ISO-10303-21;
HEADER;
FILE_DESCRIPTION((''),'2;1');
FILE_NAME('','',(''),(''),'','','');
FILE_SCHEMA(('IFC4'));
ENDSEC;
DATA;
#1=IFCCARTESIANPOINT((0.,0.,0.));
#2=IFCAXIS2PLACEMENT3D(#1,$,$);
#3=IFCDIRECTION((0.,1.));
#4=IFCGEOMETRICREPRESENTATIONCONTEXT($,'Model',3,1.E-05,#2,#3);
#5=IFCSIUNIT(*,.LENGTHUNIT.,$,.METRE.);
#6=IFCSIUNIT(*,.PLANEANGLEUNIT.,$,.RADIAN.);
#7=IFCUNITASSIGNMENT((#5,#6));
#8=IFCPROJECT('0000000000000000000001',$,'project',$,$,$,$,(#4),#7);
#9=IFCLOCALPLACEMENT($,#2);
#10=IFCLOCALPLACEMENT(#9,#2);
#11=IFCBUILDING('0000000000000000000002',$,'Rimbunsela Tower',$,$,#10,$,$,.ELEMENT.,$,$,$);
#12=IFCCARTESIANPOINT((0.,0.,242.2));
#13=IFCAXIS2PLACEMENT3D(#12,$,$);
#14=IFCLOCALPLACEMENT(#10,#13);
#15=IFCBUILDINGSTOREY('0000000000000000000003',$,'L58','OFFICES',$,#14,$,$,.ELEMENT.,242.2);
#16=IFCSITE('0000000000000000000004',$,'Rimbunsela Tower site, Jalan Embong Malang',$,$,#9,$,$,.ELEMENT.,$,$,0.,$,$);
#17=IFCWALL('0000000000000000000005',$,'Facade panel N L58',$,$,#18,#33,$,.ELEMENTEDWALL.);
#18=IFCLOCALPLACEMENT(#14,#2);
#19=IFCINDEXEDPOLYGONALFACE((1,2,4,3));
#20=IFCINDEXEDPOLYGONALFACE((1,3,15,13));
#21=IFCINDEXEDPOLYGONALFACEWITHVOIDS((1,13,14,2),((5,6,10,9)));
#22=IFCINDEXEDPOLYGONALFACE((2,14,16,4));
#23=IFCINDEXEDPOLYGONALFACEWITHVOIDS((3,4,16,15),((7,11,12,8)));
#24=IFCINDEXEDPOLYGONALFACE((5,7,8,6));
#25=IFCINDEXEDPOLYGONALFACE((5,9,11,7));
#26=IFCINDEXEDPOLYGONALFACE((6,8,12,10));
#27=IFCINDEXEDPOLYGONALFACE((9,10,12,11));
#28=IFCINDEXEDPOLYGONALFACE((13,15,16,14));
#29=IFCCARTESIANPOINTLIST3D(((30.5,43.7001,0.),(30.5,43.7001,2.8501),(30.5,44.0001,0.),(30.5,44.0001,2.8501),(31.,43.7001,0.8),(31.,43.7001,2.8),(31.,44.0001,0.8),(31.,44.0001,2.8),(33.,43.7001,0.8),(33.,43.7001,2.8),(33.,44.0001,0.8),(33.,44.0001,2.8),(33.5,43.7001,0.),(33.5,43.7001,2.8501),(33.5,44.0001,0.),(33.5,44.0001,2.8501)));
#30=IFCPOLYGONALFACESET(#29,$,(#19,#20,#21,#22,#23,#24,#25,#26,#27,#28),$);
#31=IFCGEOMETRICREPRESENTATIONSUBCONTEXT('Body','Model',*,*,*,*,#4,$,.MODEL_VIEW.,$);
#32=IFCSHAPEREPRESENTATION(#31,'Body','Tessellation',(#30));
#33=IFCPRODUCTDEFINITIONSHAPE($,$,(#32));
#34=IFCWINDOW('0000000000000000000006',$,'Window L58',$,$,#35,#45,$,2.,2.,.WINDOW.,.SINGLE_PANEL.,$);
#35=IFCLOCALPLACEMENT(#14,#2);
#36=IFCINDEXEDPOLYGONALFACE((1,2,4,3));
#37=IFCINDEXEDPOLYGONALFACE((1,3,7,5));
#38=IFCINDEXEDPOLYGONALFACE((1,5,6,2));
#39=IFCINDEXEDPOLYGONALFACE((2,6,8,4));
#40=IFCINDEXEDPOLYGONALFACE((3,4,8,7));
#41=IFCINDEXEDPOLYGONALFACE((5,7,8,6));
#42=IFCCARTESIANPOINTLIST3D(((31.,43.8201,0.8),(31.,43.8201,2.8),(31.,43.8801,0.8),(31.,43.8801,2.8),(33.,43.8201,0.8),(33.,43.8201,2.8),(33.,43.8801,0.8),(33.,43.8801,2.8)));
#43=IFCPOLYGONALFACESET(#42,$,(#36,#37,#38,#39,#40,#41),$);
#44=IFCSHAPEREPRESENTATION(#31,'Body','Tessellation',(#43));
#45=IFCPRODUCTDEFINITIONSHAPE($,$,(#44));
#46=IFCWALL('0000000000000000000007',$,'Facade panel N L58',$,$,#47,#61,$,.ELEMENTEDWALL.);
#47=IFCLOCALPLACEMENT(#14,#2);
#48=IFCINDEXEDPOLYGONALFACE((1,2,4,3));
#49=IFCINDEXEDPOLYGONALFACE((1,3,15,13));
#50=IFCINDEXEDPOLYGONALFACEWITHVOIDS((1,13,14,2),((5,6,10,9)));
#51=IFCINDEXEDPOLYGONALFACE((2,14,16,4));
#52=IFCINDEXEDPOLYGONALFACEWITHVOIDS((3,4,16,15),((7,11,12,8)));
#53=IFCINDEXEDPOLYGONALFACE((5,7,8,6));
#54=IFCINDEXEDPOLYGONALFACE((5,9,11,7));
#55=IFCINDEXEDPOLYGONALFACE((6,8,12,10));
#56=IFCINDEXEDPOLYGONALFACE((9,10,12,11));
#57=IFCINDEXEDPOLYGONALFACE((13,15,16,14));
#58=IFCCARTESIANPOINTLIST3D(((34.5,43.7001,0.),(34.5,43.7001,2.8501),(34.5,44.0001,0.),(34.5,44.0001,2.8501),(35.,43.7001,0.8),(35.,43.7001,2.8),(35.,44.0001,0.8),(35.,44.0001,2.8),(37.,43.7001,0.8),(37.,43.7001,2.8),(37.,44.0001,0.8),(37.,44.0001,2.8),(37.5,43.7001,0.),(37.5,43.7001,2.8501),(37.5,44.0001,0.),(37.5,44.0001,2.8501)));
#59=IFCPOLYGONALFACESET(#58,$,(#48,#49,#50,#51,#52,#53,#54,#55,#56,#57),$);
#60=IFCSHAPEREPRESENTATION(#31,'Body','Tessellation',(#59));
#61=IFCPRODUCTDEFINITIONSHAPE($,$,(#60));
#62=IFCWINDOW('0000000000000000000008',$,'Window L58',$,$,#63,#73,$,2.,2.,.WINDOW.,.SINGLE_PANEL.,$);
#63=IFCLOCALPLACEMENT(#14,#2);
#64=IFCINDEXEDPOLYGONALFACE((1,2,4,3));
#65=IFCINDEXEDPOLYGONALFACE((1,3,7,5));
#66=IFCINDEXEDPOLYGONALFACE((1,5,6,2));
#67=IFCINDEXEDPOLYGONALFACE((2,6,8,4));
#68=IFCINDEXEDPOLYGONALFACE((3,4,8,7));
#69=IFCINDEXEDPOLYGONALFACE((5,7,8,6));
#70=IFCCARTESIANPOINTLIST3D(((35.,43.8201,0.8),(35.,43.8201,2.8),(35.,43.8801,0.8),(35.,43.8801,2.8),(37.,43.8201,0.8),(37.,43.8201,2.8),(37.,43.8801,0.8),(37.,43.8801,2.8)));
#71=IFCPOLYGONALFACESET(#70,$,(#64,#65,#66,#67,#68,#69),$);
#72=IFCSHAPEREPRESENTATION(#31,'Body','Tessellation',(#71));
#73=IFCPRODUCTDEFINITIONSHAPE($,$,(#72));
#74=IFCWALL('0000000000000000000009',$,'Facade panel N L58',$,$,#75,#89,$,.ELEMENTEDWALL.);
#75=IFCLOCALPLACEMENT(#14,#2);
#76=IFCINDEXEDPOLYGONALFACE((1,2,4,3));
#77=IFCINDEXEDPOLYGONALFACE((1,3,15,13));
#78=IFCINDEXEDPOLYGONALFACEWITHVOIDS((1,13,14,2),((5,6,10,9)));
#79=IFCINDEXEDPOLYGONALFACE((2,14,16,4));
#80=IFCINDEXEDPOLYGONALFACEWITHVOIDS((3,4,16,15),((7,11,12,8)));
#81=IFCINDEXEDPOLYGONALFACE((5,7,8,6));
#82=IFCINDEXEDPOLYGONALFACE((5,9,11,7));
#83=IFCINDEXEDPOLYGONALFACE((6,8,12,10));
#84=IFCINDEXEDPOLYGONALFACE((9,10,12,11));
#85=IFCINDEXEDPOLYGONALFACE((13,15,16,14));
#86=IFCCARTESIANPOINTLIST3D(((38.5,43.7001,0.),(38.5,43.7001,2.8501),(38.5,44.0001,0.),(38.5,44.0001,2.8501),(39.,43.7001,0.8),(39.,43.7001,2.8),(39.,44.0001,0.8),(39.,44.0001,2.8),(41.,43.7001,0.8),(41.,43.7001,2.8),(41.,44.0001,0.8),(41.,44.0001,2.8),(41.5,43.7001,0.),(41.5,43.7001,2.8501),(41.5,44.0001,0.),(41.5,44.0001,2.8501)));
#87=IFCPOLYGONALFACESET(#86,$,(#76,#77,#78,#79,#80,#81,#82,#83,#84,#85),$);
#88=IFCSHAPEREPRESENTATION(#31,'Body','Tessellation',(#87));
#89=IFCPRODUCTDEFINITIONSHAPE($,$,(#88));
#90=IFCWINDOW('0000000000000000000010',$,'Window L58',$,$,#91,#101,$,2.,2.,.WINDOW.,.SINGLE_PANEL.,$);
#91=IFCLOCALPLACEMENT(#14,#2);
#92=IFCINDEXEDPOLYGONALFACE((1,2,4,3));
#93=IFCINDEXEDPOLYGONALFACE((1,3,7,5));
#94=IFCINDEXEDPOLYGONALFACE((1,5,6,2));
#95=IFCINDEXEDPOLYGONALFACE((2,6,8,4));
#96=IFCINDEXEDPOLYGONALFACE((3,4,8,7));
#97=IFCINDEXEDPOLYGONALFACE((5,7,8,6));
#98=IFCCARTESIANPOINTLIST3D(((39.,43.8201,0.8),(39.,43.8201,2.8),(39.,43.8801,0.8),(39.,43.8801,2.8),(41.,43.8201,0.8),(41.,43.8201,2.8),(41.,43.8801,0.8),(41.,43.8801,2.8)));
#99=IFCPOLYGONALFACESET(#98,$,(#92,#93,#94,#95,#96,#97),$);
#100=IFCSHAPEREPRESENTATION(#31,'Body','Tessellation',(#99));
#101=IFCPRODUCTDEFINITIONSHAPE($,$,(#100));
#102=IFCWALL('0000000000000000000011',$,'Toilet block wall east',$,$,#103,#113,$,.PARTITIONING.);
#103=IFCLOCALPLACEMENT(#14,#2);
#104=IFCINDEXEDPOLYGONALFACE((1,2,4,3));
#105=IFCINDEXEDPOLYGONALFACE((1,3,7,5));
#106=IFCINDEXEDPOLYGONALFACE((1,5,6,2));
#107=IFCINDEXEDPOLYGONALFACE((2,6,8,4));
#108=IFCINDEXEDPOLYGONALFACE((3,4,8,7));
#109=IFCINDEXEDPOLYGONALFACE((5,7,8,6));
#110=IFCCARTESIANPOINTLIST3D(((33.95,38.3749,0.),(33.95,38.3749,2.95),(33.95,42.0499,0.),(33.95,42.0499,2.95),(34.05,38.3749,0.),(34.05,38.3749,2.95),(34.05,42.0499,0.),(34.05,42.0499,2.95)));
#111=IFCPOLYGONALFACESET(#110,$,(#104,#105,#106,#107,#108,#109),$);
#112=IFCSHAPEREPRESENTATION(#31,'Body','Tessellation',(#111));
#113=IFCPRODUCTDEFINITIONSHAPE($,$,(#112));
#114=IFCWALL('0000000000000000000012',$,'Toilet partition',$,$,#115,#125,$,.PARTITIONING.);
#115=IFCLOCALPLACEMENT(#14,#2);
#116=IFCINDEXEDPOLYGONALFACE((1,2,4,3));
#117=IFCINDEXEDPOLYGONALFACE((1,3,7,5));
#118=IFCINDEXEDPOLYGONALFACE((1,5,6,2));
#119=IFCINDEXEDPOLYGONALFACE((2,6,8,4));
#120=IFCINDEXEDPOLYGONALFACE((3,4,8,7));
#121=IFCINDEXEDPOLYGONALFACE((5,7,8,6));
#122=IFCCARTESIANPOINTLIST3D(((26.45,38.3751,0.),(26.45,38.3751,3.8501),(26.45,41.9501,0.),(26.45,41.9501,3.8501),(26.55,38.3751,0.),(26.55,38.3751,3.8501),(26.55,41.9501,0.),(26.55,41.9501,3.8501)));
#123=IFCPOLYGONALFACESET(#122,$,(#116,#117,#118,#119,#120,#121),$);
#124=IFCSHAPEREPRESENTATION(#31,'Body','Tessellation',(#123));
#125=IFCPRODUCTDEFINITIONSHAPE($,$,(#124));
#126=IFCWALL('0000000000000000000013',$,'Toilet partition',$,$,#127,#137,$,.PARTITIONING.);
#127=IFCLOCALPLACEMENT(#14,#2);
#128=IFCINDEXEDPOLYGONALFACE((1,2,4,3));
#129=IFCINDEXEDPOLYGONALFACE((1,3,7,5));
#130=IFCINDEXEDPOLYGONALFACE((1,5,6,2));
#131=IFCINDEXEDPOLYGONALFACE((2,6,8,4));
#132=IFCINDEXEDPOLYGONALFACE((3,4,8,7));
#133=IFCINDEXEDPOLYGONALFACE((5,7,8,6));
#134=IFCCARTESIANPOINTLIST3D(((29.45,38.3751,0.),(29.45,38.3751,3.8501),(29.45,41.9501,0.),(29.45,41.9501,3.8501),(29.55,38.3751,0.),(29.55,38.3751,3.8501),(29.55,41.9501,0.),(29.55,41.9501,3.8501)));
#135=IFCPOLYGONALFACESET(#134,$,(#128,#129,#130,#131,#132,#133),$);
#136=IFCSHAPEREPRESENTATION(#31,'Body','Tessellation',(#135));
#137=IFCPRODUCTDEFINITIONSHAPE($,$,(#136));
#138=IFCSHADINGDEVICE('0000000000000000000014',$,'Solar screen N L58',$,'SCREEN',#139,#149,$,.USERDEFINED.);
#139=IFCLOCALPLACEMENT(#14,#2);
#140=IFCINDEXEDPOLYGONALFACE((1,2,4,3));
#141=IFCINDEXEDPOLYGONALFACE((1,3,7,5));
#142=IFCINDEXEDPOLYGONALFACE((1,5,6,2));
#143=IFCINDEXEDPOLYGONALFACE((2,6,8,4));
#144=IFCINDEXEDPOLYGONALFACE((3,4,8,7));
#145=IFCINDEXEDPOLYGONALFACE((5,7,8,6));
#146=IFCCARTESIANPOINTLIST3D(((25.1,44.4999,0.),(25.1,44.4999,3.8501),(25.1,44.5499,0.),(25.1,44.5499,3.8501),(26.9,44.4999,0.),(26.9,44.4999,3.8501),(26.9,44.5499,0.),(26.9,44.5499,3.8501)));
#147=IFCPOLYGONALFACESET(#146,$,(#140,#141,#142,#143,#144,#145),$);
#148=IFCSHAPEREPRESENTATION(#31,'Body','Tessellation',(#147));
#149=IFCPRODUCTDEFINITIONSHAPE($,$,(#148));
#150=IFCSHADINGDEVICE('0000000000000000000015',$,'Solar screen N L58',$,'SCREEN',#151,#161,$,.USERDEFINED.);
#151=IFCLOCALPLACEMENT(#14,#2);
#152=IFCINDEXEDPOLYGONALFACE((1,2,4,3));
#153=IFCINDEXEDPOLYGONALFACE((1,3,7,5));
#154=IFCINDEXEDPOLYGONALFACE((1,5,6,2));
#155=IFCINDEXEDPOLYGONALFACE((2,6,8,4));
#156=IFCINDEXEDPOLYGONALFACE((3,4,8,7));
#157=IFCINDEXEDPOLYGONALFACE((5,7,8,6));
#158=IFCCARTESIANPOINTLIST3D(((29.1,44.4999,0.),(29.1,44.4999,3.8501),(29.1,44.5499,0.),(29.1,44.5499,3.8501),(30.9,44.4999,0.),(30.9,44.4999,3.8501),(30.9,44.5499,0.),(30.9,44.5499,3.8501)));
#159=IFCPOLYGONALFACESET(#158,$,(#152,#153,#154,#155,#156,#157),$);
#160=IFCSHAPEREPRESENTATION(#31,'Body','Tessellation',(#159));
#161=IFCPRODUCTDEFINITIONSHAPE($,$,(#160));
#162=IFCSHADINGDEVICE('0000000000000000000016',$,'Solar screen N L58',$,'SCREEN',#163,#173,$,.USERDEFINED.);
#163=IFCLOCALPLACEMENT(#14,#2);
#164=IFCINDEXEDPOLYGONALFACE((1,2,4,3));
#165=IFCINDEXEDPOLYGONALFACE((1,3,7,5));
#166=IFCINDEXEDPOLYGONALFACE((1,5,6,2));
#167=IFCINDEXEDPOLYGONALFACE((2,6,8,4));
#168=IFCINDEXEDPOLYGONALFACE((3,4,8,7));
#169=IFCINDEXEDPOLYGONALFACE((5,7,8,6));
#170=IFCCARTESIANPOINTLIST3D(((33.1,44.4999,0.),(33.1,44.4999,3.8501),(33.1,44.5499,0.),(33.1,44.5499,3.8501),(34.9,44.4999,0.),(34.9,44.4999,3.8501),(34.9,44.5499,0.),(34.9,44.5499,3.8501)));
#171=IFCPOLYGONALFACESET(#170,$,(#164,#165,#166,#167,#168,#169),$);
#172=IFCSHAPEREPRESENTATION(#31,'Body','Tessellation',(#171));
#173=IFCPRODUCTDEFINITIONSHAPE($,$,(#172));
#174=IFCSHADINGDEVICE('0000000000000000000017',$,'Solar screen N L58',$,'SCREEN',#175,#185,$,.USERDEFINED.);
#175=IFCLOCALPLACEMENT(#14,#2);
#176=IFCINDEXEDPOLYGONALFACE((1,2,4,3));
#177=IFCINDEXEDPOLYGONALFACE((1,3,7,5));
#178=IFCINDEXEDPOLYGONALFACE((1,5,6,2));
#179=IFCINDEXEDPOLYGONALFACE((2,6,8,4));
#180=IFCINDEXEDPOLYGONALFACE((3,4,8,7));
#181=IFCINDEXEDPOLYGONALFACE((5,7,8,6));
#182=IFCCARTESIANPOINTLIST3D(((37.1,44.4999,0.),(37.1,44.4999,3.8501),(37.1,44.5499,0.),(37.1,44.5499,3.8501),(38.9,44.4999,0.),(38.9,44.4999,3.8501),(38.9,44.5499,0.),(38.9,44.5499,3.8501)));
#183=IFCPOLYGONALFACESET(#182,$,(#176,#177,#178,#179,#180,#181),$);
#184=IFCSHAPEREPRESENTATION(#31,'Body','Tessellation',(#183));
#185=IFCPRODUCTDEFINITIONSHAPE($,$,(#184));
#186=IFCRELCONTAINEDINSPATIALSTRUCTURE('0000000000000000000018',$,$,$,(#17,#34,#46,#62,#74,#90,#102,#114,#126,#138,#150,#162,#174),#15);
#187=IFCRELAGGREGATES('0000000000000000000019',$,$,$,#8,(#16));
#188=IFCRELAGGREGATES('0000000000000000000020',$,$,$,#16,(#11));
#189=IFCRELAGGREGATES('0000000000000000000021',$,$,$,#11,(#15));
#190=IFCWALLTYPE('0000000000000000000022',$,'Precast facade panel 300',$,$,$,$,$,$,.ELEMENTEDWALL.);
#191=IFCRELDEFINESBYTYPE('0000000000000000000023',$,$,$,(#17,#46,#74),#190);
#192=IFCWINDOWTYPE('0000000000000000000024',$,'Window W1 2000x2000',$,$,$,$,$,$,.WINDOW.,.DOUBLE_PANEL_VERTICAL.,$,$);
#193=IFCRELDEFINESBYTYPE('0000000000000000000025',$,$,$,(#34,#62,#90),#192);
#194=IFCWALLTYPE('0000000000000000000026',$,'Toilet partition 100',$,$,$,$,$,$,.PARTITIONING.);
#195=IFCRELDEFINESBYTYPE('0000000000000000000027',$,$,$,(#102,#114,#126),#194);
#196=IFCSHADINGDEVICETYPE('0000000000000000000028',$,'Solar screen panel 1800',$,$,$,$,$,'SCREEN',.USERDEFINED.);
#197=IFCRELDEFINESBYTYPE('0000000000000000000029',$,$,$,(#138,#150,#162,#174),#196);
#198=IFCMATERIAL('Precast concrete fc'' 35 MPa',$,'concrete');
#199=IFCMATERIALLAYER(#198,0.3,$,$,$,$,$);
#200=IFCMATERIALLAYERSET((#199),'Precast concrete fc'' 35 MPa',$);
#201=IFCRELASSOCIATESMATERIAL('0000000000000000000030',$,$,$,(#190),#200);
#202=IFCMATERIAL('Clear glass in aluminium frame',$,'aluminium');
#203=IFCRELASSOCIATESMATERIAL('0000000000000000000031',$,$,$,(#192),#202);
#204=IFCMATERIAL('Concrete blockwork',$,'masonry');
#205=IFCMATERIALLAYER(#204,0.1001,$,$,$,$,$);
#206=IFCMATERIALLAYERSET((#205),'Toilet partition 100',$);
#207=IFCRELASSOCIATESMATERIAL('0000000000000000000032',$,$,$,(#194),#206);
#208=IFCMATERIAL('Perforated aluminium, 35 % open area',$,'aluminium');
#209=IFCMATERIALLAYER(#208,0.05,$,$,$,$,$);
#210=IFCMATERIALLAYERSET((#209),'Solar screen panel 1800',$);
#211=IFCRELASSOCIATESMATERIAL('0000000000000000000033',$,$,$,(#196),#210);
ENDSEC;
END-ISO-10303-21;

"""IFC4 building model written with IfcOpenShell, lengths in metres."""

from ifc_helpers import new_model, si_unit, direction, frame, frame_2d, origin, origin_2d, place, context, subcontext, project, spatial, rectangle, extrude, material, layer, layer_set, type_object, element, fill, save


model = new_model("IFC4")

# Units and contexts
model_context = context("Model", 3, precision=1e-05, world=origin(), true_north=direction((0.0, 1.0)))
body_context = subcontext(model_context, "Body", "Model", "MODEL_VIEW")
ifc_project = project(units=[si_unit("LENGTHUNIT", "METRE"), si_unit("PLANEANGLEUNIT", "RADIAN")], contexts=[model_context])

# Site, building, storey
site_placement = place(None, origin())
site = spatial("IfcSite", under=ifc_project, at=site_placement, Name="Rimbunsela Tower site, Jalan Embong Malang", CompositionType="ELEMENT", RefElevation=0.0)
building_placement = place(site_placement, origin())
building = spatial("IfcBuilding", under=site, at=building_placement, Name="Rimbunsela Tower", CompositionType="ELEMENT")
storey_placement = place(building_placement, frame((0.0, 0.0, 242.2)))
storey = spatial("IfcBuildingStorey", under=building, at=storey_placement, Name="L58", Description="OFFICES", CompositionType="ELEMENT", Elevation=242.2)

# Shared definitions
ifc_material_1 = material(Name="Precast concrete fc' 35 MPa", Category="concrete")
ifc_layer_1 = layer(ifc_material_1, 0.3)
ifc_layer_set_1 = layer_set([ifc_layer_1], Name="Precast concrete fc' 35 MPa")
wall_type_1 = type_object("IfcWallType", Name="Precast facade panel 300", PredefinedType="ELEMENTEDWALL", material=ifc_layer_set_1)

# Walls, openings, windows
wall_1_placement = place(storey_placement, frame((33.5, 43.8501, 0.0), z_axis=(0.0, 0.0, 1.0), x_axis=(-1.0, 0.0, 0.0)))
wall_1 = element("IfcWall", 1, at=wall_1_placement, inside=storey, type_object=wall_type_1, Name="Facade panel N L58", PredefinedType="ELEMENTEDWALL", context=body_context, shape_type="SweptSolid", body=[
    extrude(rectangle(XDim=3.0, YDim=0.3, at=frame_2d((1.5, 0.0))), origin(), (0.0, 0.0, 1.0), 2.8501),
])
opening_1_placement = place(wall_1_placement, frame((0.5, 0.0, 0.8)))
opening_1 = element("IfcOpeningElement", 2, at=opening_1_placement, cuts=wall_1, PredefinedType="OPENING", context=body_context, shape_type="SweptSolid", body=[
    extrude(rectangle(XDim=2.0, YDim=2.0, at=frame_2d((1.0, 1.0))), frame((0.0, 0.1599, 0.0), z_axis=(0.0, -1.0, 0.0), x_axis=(1.0, 0.0, 0.0)), (0.0, 0.0, 1.0), 0.3201),
])
ifc_material_2 = material(Name="Clear glass in aluminium frame", Category="aluminium")
window_type_1 = type_object("IfcWindowType", Name="Window W1 2000x2000", PartitioningType="DOUBLE_PANEL_VERTICAL", PredefinedType="WINDOW", material=ifc_material_2)
window_1_placement = place(opening_1_placement, origin())
window_1 = element("IfcWindow", 3, at=window_1_placement, inside=storey, type_object=window_type_1, Name="Window L58", OverallHeight=2.0, OverallWidth=2.0, PartitioningType="SINGLE_PANEL", PredefinedType="WINDOW", context=body_context, shape_type="SweptSolid", body=[
    extrude(rectangle(XDim=2.0, YDim=2.0, at=frame_2d((1.0, 1.0))), frame((0.0, 0.03, 0.0), z_axis=(0.0, -1.0, 0.0), x_axis=(1.0, 0.0, 0.0)), (0.0, 0.0, 1.0), 0.0601),
])
fill(opening_1, window_1)
wall_2_placement = place(storey_placement, frame((37.5, 43.8501, 0.0), z_axis=(0.0, 0.0, 1.0), x_axis=(-1.0, 0.0, 0.0)))
wall_2 = element("IfcWall", 4, at=wall_2_placement, inside=storey, type_object=wall_type_1, Name="Facade panel N L58", PredefinedType="ELEMENTEDWALL", context=body_context, shape_type="SweptSolid", body=[
    extrude(rectangle(XDim=3.0, YDim=0.3, at=frame_2d((1.5, 0.0))), origin(), (0.0, 0.0, 1.0), 2.8501),
])
opening_2_placement = place(wall_2_placement, frame((0.5, 0.0, 0.8)))
opening_2 = element("IfcOpeningElement", 5, at=opening_2_placement, cuts=wall_2, PredefinedType="OPENING", context=body_context, shape_type="SweptSolid", body=[
    extrude(rectangle(XDim=2.0, YDim=2.0, at=frame_2d((1.0, 1.0))), frame((0.0, 0.1599, 0.0), z_axis=(0.0, -1.0, 0.0), x_axis=(1.0, 0.0, 0.0)), (0.0, 0.0, 1.0), 0.3201),
])
window_2_placement = place(opening_2_placement, origin())
window_2 = element("IfcWindow", 6, at=window_2_placement, inside=storey, type_object=window_type_1, Name="Window L58", OverallHeight=2.0, OverallWidth=2.0, PartitioningType="SINGLE_PANEL", PredefinedType="WINDOW", context=body_context, shape_type="SweptSolid", body=[
    extrude(rectangle(XDim=2.0, YDim=2.0, at=frame_2d((1.0, 1.0))), frame((0.0, 0.03, 0.0), z_axis=(0.0, -1.0, 0.0), x_axis=(1.0, 0.0, 0.0)), (0.0, 0.0, 1.0), 0.0601),
])
fill(opening_2, window_2)
wall_3_placement = place(storey_placement, frame((41.5, 43.8501, 0.0), z_axis=(0.0, 0.0, 1.0), x_axis=(-1.0, 0.0, 0.0)))
wall_3 = element("IfcWall", 7, at=wall_3_placement, inside=storey, type_object=wall_type_1, Name="Facade panel N L58", PredefinedType="ELEMENTEDWALL", context=body_context, shape_type="SweptSolid", body=[
    extrude(rectangle(XDim=3.0, YDim=0.3, at=frame_2d((1.5, 0.0))), origin(), (0.0, 0.0, 1.0), 2.8501),
])
opening_3_placement = place(wall_3_placement, frame((0.5, 0.0, 0.8)))
opening_3 = element("IfcOpeningElement", 8, at=opening_3_placement, cuts=wall_3, PredefinedType="OPENING", context=body_context, shape_type="SweptSolid", body=[
    extrude(rectangle(XDim=2.0, YDim=2.0, at=frame_2d((1.0, 1.0))), frame((0.0, 0.1599, 0.0), z_axis=(0.0, -1.0, 0.0), x_axis=(1.0, 0.0, 0.0)), (0.0, 0.0, 1.0), 0.3201),
])
window_3_placement = place(opening_3_placement, origin())
window_3 = element("IfcWindow", 9, at=window_3_placement, inside=storey, type_object=window_type_1, Name="Window L58", OverallHeight=2.0, OverallWidth=2.0, PartitioningType="SINGLE_PANEL", PredefinedType="WINDOW", context=body_context, shape_type="SweptSolid", body=[
    extrude(rectangle(XDim=2.0, YDim=2.0, at=frame_2d((1.0, 1.0))), frame((0.0, 0.03, 0.0), z_axis=(0.0, -1.0, 0.0), x_axis=(1.0, 0.0, 0.0)), (0.0, 0.0, 1.0), 0.0601),
])
fill(opening_3, window_3)

# Walls
ifc_material_3 = material(Name="Concrete blockwork", Category="masonry")
ifc_layer_2 = layer(ifc_material_3, 0.1001)
ifc_layer_set_2 = layer_set([ifc_layer_2], Name="Toilet partition 100")
wall_type_2 = type_object("IfcWallType", Name="Toilet partition 100", PredefinedType="PARTITIONING", material=ifc_layer_set_2)
wall_4_placement = place(storey_placement, frame((34.0, 38.375, 0.0), z_axis=(0.0, 0.0, 1.0), x_axis=(0.0, 1.0, 0.0)))
element("IfcWall", 10, at=wall_4_placement, inside=storey, type_object=wall_type_2, Name="Toilet block wall east", PredefinedType="PARTITIONING", context=body_context, shape_type="SweptSolid", body=[
    extrude(rectangle(XDim=3.675, YDim=0.1001, at=frame_2d((1.8374, 0.0))), origin(), (0.0, 0.0, 1.0), 2.95),
])
for number, where, z_axis, x_axis, name in (
    (11, (26.5, 38.375, 0.0), (0.0, 0.0, 1.0), (0.0, 1.0, 0.0), "Toilet partition"),
    (12, (29.5, 38.375, 0.0), (0.0, 0.0, 1.0), (0.0, 1.0, 0.0), "Toilet partition"),
):
    element("IfcWall", number, at=place(storey_placement, frame(where, z_axis=z_axis, x_axis=x_axis)), inside=storey, type_object=wall_type_2, Name=name, PredefinedType="PARTITIONING", context=body_context, shape_type="SweptSolid", body=[
        extrude(rectangle(XDim=3.575, YDim=0.1001, at=frame_2d((1.7876, 0.0))), origin(), (0.0, 0.0, 1.0), 3.8501),
    ])

# Shading devices
ifc_material_4 = material(Name="Perforated aluminium, 35 % open area", Category="aluminium")
ifc_layer_3 = layer(ifc_material_4, 0.05)
ifc_layer_set_3 = layer_set([ifc_layer_3], Name="Solar screen panel 1800")
shading_device_type = type_object("IfcShadingDeviceType", Name="Solar screen panel 1800", ElementType="SCREEN", PredefinedType="USERDEFINED", material=ifc_layer_set_3)
for number, where, z_axis, x_axis, name in (
    (13, (26.0, 44.5249, 0.0), (0.0, 0.0, 1.0), (1.0, 0.0, 0.0), "Solar screen N L58"),
    (14, (30.0, 44.5249, 0.0), (0.0, 0.0, 1.0), (1.0, 0.0, 0.0), "Solar screen N L58"),
    (15, (34.0, 44.5249, 0.0), (0.0, 0.0, 1.0), (1.0, 0.0, 0.0), "Solar screen N L58"),
    (16, (38.0, 44.5249, 0.0), (0.0, 0.0, 1.0), (1.0, 0.0, 0.0), "Solar screen N L58"),
):
    element("IfcShadingDevice", number, at=place(storey_placement, frame(where, z_axis=z_axis, x_axis=x_axis)), inside=storey, type_object=shading_device_type, Name=name, ObjectType="SCREEN", PredefinedType="USERDEFINED", context=body_context, shape_type="SweptSolid", body=[
        extrude(rectangle(XDim=1.8, YDim=0.05, at=origin_2d()), origin(), (0.0, 0.0, 1.0), 3.8501),
    ])

save(model, "model.ifc")
